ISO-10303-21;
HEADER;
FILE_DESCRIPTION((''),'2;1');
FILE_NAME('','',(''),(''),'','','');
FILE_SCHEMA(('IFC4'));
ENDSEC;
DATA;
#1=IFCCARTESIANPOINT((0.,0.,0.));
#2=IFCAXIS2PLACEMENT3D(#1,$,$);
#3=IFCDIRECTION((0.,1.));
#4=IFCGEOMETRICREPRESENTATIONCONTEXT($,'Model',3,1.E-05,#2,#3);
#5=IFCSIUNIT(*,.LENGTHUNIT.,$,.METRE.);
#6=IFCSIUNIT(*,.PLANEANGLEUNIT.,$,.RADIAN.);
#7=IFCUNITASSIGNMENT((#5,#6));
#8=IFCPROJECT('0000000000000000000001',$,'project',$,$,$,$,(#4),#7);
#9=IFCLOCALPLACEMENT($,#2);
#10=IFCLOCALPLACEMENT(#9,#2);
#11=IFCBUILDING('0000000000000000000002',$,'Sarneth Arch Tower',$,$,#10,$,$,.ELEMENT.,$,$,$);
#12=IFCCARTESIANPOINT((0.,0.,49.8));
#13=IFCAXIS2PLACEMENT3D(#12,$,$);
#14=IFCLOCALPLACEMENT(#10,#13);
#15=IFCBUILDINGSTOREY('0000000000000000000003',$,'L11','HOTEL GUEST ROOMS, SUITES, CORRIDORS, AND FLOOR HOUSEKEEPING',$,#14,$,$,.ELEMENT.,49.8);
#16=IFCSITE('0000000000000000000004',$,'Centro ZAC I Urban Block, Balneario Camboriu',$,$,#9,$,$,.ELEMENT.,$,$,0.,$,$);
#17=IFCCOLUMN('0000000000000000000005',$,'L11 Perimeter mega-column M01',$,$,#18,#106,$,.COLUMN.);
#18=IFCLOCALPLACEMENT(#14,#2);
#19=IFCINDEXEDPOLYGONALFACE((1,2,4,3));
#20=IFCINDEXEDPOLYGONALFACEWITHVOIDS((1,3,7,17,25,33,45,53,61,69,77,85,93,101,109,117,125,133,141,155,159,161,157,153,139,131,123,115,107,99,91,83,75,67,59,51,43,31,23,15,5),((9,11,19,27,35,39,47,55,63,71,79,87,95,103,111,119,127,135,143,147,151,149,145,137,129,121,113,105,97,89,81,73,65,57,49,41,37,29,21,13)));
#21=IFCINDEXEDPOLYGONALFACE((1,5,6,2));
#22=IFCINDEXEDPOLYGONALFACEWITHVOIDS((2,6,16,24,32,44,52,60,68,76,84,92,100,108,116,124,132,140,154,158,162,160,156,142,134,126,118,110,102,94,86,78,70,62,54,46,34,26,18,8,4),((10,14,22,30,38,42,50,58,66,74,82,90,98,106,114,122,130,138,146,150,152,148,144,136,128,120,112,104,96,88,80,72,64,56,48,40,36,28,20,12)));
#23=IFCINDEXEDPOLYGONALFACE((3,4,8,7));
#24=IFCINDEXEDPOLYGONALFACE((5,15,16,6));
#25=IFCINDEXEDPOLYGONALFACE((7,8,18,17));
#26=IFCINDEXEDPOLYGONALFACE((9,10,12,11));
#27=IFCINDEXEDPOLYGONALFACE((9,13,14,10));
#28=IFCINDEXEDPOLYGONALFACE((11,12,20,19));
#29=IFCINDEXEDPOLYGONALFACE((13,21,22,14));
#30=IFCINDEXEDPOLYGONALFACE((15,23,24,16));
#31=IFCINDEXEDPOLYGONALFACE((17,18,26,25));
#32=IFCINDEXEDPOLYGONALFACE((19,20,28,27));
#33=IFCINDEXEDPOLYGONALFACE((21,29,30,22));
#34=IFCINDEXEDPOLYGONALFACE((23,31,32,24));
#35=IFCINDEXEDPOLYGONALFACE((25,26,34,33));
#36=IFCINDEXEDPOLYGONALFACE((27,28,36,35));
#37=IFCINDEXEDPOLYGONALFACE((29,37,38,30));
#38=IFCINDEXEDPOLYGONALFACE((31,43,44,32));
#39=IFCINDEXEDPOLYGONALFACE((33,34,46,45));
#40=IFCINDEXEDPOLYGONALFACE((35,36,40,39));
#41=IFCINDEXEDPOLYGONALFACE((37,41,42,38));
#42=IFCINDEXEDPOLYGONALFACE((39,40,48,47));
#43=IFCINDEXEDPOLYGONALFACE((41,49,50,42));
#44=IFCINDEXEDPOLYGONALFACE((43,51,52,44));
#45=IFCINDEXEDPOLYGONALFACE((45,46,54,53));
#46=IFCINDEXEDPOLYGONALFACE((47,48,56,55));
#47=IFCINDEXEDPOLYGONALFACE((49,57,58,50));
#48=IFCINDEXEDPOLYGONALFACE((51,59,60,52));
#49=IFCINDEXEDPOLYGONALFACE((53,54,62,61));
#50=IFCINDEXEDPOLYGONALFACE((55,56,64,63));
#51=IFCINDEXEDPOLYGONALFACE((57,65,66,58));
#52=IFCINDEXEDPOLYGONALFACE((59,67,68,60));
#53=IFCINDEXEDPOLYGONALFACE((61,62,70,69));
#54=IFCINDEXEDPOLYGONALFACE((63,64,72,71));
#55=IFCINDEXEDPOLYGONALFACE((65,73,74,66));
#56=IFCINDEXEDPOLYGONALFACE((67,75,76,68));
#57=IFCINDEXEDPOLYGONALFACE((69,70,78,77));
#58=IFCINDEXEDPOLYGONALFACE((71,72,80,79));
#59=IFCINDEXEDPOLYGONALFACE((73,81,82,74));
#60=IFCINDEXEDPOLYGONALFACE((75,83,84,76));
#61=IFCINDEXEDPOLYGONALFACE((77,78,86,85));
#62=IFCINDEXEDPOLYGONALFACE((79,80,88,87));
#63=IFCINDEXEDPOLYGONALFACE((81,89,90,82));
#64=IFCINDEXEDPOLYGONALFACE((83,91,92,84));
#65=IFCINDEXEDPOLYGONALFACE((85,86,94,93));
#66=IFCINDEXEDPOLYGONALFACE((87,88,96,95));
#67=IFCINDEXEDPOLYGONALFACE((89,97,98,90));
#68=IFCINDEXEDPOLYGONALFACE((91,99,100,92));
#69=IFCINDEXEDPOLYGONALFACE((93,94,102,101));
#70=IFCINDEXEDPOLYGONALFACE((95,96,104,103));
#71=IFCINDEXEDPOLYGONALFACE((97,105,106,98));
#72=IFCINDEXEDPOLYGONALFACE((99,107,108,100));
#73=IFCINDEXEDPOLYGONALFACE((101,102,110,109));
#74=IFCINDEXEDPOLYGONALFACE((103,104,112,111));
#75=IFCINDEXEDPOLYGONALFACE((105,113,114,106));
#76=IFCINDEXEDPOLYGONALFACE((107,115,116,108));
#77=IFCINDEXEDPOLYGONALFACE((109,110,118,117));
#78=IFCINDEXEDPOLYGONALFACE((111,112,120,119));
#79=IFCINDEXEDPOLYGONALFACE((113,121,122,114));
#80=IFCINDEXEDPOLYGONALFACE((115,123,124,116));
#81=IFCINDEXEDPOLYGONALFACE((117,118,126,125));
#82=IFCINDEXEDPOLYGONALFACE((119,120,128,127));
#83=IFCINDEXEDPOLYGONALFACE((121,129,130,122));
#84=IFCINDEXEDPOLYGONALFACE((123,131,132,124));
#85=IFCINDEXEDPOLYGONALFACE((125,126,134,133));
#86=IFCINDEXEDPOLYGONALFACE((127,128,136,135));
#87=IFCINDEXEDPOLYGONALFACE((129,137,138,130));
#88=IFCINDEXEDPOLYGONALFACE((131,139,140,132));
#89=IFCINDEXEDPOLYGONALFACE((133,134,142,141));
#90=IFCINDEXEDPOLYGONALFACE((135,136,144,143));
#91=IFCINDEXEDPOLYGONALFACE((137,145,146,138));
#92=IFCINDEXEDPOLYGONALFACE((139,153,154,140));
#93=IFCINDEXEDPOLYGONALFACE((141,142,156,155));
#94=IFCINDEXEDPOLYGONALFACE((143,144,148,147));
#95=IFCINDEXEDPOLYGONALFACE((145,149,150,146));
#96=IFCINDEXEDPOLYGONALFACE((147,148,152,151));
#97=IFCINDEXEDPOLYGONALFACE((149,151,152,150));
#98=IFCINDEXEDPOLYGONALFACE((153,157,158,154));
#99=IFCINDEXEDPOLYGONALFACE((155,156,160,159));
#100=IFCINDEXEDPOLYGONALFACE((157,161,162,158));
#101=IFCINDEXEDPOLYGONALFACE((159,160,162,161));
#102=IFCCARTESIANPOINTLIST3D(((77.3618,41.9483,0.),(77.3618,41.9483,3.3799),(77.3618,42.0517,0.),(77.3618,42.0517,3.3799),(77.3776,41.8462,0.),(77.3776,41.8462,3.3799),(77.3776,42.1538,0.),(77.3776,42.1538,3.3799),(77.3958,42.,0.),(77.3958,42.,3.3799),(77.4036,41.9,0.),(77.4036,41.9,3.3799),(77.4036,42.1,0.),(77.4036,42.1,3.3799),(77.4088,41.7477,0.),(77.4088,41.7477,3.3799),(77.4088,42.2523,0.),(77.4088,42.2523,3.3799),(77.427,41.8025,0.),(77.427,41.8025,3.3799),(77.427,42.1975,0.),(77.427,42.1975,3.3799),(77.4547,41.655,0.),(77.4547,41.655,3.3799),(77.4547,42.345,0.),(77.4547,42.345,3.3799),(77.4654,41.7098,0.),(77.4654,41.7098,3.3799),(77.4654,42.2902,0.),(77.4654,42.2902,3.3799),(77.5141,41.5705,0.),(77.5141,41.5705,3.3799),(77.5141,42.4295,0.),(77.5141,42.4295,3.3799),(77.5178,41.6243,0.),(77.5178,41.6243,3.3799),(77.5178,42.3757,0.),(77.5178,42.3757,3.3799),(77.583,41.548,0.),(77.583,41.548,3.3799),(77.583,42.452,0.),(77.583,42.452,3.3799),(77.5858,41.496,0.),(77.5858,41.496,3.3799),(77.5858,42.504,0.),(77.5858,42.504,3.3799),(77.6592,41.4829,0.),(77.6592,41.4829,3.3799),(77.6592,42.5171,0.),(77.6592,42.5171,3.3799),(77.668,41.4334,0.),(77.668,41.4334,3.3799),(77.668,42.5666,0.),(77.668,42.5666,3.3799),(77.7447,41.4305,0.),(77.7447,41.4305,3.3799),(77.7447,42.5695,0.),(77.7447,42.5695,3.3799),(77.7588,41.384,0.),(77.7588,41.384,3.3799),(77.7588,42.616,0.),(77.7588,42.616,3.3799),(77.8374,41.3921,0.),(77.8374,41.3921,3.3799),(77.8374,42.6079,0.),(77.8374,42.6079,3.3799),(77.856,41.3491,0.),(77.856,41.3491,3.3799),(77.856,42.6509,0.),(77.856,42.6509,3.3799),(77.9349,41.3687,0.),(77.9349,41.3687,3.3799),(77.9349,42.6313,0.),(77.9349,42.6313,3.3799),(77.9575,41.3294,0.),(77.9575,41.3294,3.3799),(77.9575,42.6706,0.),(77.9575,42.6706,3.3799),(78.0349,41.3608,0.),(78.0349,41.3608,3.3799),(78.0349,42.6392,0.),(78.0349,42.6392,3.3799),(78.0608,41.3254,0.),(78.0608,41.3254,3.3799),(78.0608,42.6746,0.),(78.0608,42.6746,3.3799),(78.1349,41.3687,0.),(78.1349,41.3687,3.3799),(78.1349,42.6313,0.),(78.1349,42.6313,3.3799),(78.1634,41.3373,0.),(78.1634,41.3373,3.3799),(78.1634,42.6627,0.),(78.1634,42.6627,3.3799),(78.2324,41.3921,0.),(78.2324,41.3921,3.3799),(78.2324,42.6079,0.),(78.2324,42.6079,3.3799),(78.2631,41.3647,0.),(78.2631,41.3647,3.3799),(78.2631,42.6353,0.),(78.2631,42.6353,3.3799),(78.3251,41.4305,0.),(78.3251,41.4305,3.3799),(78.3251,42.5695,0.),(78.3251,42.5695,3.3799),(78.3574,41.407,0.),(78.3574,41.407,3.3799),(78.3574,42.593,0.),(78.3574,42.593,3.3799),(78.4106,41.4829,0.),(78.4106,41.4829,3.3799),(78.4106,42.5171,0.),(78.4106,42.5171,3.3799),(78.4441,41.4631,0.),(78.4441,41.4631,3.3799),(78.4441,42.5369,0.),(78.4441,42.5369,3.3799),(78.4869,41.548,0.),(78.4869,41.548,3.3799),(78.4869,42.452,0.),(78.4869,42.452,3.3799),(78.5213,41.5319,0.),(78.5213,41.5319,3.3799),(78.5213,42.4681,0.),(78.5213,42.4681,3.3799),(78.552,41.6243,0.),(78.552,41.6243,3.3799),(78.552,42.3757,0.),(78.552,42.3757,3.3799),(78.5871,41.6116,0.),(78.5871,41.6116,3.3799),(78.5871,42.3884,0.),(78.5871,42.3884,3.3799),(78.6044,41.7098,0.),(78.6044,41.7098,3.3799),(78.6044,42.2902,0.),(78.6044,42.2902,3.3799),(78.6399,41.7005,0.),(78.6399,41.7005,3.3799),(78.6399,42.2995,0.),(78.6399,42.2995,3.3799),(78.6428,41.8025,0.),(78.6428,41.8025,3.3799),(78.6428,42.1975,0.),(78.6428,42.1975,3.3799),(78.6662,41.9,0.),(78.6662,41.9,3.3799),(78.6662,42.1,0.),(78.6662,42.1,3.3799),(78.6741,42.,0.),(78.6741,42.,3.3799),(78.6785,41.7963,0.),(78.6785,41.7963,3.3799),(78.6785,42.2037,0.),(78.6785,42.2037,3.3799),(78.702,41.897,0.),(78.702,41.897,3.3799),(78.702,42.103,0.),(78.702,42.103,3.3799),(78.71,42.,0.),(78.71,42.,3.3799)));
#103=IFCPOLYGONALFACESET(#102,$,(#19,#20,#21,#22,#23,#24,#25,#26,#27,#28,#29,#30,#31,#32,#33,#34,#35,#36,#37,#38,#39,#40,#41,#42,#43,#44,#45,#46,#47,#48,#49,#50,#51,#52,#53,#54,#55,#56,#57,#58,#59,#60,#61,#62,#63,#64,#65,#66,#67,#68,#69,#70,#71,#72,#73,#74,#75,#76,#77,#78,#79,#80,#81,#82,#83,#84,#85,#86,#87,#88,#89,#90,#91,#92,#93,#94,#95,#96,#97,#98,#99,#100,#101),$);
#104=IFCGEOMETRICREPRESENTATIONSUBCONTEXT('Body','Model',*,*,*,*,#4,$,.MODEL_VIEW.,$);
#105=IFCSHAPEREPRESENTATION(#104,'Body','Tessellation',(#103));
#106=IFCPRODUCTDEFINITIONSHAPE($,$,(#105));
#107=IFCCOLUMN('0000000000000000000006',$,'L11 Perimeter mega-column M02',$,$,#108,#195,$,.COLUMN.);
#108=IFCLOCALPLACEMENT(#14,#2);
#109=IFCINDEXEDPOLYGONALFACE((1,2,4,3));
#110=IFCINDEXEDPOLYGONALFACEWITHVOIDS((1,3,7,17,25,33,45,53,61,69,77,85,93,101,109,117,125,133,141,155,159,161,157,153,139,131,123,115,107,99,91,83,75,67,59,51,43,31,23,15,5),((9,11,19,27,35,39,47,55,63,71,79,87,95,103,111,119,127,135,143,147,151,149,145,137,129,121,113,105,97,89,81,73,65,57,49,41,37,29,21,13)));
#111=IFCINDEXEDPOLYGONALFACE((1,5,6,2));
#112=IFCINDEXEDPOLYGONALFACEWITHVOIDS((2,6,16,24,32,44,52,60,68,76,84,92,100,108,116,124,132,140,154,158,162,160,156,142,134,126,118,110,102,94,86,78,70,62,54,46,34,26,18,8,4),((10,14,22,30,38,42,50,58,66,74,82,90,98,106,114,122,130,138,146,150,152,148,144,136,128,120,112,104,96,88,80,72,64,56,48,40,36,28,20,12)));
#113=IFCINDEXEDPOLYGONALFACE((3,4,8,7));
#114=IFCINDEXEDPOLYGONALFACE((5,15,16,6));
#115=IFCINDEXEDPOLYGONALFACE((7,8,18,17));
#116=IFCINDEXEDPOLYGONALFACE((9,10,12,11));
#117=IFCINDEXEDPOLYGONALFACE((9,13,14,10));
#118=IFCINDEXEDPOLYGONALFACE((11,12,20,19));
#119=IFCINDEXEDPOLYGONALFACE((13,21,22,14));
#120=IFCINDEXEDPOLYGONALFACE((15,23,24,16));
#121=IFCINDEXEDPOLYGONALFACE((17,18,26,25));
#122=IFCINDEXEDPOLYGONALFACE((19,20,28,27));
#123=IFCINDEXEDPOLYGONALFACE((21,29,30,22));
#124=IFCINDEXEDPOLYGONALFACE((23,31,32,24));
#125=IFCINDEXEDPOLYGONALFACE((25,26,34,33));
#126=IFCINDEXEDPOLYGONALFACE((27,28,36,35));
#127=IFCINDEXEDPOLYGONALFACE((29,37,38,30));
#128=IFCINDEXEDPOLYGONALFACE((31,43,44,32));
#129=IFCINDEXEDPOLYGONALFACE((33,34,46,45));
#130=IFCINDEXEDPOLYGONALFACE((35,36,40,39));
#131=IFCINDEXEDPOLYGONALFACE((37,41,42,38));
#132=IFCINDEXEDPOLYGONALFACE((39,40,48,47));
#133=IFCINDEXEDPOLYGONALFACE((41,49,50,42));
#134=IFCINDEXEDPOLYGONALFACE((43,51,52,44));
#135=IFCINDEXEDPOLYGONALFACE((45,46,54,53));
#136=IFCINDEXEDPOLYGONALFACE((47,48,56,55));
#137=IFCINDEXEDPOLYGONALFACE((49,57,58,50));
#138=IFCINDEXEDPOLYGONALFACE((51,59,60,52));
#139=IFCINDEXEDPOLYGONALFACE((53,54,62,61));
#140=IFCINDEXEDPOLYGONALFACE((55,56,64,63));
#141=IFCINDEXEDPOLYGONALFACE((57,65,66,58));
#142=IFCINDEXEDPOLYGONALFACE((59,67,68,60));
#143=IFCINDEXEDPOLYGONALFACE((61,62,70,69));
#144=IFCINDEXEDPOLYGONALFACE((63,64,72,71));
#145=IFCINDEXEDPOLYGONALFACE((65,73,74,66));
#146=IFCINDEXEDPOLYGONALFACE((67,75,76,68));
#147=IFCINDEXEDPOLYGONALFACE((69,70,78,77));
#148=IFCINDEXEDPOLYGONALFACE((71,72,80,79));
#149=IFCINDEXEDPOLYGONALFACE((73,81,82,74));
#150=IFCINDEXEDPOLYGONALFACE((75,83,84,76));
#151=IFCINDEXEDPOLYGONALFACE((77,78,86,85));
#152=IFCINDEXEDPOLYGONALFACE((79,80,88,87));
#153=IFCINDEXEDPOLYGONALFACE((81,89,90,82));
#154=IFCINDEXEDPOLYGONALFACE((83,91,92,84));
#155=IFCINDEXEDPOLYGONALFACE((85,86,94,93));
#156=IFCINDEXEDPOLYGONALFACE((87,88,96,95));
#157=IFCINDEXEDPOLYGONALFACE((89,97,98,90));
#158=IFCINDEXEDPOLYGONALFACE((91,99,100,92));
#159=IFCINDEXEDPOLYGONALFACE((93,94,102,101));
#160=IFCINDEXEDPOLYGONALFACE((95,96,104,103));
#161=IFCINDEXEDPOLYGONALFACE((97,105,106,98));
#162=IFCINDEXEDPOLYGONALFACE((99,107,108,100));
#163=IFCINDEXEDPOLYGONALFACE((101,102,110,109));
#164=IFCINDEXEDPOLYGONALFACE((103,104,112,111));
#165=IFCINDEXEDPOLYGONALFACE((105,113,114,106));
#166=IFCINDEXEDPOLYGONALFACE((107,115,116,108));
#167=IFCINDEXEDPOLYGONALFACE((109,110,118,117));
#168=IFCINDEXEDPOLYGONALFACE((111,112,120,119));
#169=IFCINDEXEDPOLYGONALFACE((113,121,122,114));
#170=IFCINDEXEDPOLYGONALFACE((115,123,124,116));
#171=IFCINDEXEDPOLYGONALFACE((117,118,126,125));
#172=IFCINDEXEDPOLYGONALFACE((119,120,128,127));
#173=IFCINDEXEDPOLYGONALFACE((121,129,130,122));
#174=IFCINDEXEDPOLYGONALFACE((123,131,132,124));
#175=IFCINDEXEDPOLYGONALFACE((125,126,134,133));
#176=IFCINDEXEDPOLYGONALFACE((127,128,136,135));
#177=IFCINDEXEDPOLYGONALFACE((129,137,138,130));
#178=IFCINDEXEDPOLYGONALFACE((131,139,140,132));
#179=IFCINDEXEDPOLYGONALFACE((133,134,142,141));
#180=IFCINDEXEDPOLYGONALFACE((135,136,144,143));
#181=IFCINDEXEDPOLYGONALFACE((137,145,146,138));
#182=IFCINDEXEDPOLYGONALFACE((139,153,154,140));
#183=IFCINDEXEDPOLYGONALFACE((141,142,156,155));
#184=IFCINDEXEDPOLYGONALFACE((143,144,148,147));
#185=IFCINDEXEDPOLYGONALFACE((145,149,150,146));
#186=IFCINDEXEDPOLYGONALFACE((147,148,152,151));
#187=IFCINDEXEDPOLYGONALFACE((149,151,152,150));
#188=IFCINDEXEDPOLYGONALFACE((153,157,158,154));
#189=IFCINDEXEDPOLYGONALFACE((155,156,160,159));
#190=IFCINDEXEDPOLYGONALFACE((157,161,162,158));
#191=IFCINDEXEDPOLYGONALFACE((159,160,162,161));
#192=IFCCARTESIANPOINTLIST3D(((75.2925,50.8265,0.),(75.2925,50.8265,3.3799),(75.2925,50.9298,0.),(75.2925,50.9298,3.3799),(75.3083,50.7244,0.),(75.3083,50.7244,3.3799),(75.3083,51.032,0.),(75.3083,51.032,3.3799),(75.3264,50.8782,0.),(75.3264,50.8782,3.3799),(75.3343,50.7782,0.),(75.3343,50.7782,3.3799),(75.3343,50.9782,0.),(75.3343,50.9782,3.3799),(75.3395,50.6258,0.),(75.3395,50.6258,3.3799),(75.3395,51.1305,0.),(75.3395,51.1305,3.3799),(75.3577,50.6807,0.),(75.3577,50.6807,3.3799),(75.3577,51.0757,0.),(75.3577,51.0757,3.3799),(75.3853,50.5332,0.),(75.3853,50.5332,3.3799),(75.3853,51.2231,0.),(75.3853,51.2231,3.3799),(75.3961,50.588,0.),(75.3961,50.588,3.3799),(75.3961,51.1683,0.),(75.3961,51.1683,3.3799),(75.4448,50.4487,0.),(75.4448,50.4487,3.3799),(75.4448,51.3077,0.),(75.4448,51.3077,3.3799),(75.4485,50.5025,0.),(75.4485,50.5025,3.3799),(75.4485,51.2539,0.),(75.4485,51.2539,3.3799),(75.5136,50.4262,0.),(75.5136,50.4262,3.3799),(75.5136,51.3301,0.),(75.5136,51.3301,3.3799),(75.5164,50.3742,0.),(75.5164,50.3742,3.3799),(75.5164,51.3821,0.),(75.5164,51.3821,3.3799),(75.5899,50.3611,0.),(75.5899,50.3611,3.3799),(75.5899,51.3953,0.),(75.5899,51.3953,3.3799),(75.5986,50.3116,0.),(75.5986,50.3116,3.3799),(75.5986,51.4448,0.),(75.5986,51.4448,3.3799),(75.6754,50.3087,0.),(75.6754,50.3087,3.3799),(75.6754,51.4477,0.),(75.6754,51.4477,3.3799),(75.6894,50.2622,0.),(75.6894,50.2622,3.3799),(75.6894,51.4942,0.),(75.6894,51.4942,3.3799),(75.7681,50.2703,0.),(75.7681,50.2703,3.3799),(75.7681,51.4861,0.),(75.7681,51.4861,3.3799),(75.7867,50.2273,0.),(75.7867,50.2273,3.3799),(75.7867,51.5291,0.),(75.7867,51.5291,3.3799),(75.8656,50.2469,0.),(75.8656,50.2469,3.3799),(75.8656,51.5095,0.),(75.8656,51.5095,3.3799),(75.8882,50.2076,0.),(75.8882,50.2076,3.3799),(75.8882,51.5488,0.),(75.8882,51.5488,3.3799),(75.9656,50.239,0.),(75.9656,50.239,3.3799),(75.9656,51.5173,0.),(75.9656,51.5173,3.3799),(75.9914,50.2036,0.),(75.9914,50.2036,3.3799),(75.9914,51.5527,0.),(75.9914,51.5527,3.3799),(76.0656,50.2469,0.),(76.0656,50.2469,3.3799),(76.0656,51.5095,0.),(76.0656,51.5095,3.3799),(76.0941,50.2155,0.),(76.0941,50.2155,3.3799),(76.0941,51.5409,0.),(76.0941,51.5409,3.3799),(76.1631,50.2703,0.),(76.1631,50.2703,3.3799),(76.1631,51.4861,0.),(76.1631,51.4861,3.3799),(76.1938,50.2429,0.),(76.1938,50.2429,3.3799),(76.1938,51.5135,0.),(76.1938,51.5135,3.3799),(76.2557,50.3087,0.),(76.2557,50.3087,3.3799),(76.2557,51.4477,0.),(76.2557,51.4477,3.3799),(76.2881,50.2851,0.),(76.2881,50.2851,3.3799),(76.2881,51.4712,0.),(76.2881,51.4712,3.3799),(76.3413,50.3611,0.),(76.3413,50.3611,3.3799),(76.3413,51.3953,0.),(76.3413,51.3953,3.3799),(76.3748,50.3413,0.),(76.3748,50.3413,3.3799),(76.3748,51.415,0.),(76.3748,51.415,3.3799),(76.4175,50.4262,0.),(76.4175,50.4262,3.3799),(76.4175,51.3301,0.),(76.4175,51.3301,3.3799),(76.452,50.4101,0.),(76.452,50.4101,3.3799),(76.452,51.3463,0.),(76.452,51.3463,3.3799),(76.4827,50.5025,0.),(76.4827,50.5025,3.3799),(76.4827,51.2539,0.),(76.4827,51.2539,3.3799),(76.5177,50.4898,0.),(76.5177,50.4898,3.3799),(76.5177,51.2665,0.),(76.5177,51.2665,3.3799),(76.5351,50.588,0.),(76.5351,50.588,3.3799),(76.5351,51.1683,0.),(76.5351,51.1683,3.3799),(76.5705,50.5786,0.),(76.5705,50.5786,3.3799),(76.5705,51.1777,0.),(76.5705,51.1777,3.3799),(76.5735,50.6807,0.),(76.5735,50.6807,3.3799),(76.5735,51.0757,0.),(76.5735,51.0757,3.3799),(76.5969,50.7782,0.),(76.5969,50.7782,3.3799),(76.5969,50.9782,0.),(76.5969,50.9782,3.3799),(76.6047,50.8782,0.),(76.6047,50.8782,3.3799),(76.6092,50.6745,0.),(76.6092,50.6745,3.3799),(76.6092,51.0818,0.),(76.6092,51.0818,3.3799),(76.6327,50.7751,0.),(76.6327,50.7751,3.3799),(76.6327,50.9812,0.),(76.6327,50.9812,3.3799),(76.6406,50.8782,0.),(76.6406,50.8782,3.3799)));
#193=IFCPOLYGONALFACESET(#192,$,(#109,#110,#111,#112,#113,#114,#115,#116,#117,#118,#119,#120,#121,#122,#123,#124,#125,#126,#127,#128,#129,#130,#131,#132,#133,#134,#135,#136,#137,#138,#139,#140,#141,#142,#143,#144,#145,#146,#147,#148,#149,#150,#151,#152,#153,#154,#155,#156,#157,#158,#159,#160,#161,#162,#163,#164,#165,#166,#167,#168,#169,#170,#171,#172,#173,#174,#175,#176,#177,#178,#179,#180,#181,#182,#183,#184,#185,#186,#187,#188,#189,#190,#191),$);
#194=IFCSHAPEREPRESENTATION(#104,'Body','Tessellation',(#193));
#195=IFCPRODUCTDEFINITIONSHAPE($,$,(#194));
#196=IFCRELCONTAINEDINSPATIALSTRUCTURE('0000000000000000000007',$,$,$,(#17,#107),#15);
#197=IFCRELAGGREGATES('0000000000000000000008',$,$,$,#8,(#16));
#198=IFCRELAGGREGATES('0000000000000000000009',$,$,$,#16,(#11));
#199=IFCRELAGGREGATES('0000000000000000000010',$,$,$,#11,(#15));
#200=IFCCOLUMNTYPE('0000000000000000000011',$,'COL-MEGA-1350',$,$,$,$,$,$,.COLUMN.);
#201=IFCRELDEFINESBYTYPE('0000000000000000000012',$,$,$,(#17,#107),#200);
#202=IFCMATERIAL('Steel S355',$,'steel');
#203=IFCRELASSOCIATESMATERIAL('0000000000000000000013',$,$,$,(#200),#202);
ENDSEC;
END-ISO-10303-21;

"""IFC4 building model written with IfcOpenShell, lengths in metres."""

from ifc_helpers import new_model, si_unit, direction, frame, origin, origin_2d, place, context, subcontext, project, spatial, hollow_circle, extrude, material, material_profile, profile_set, type_object, element, save


model = new_model("IFC4")

# Units and contexts
model_context = context("Model", 3, precision=1e-05, world=origin(), true_north=direction((0.0, 1.0)))
body_context = subcontext(model_context, "Body", "Model", "MODEL_VIEW")
ifc_project = project(units=[si_unit("LENGTHUNIT", "METRE"), si_unit("PLANEANGLEUNIT", "RADIAN")], contexts=[model_context])

# Site, building, storey
site_placement = place(None, origin())
site = spatial("IfcSite", under=ifc_project, at=site_placement, Name="Centro ZAC I Urban Block, Balneario Camboriu", CompositionType="ELEMENT", RefElevation=0.0)
building_placement = place(site_placement, origin())
building = spatial("IfcBuilding", under=site, at=building_placement, Name="Sarneth Arch Tower", CompositionType="ELEMENT")
storey_placement = place(building_placement, frame((0.0, 0.0, 49.8)))
storey = spatial("IfcBuildingStorey", under=building, at=storey_placement, Name="L11", Description="HOTEL GUEST ROOMS, SUITES, CORRIDORS, AND FLOOR HOUSEKEEPING", CompositionType="ELEMENT", Elevation=49.8)

# Columns
ifc_material_1 = material(Name="Steel S355", Category="steel")
ifc_material_profile_1 = material_profile(ifc_material_1, hollow_circle(Radius=0.675, WallThickness=0.0359, at=origin_2d()), Name="CHS1350x36")
ifc_profile_set_1 = profile_set([ifc_material_profile_1], Name="Steel S355")
column_type = type_object("IfcColumnType", Name="COL-MEGA-1350", PredefinedType="COLUMN", material=ifc_profile_set_1)
for number, where, z_axis, x_axis, name in (
    (1, (78.0349, 42.0, 0.0), (0.0, 0.0, 1.0), (1.0, 0.0, 0.0), "L11 Perimeter mega-column M01"),
    (2, (75.9656, 50.8782, 0.0), (0.0, 0.0, 1.0), (1.0, 0.0, 0.0), "L11 Perimeter mega-column M02"),
):
    element("IfcColumn", number, at=place(storey_placement, frame(where, z_axis=z_axis, x_axis=x_axis)), inside=storey, type_object=column_type, Name=name, PredefinedType="COLUMN", context=body_context, shape_type="SweptSolid", body=[
        extrude(hollow_circle(Radius=0.675, WallThickness=0.0359, at=origin_2d()), origin(), (0.0, 0.0, 1.0), 3.3799),
    ])

save(model, "model.ifc")
